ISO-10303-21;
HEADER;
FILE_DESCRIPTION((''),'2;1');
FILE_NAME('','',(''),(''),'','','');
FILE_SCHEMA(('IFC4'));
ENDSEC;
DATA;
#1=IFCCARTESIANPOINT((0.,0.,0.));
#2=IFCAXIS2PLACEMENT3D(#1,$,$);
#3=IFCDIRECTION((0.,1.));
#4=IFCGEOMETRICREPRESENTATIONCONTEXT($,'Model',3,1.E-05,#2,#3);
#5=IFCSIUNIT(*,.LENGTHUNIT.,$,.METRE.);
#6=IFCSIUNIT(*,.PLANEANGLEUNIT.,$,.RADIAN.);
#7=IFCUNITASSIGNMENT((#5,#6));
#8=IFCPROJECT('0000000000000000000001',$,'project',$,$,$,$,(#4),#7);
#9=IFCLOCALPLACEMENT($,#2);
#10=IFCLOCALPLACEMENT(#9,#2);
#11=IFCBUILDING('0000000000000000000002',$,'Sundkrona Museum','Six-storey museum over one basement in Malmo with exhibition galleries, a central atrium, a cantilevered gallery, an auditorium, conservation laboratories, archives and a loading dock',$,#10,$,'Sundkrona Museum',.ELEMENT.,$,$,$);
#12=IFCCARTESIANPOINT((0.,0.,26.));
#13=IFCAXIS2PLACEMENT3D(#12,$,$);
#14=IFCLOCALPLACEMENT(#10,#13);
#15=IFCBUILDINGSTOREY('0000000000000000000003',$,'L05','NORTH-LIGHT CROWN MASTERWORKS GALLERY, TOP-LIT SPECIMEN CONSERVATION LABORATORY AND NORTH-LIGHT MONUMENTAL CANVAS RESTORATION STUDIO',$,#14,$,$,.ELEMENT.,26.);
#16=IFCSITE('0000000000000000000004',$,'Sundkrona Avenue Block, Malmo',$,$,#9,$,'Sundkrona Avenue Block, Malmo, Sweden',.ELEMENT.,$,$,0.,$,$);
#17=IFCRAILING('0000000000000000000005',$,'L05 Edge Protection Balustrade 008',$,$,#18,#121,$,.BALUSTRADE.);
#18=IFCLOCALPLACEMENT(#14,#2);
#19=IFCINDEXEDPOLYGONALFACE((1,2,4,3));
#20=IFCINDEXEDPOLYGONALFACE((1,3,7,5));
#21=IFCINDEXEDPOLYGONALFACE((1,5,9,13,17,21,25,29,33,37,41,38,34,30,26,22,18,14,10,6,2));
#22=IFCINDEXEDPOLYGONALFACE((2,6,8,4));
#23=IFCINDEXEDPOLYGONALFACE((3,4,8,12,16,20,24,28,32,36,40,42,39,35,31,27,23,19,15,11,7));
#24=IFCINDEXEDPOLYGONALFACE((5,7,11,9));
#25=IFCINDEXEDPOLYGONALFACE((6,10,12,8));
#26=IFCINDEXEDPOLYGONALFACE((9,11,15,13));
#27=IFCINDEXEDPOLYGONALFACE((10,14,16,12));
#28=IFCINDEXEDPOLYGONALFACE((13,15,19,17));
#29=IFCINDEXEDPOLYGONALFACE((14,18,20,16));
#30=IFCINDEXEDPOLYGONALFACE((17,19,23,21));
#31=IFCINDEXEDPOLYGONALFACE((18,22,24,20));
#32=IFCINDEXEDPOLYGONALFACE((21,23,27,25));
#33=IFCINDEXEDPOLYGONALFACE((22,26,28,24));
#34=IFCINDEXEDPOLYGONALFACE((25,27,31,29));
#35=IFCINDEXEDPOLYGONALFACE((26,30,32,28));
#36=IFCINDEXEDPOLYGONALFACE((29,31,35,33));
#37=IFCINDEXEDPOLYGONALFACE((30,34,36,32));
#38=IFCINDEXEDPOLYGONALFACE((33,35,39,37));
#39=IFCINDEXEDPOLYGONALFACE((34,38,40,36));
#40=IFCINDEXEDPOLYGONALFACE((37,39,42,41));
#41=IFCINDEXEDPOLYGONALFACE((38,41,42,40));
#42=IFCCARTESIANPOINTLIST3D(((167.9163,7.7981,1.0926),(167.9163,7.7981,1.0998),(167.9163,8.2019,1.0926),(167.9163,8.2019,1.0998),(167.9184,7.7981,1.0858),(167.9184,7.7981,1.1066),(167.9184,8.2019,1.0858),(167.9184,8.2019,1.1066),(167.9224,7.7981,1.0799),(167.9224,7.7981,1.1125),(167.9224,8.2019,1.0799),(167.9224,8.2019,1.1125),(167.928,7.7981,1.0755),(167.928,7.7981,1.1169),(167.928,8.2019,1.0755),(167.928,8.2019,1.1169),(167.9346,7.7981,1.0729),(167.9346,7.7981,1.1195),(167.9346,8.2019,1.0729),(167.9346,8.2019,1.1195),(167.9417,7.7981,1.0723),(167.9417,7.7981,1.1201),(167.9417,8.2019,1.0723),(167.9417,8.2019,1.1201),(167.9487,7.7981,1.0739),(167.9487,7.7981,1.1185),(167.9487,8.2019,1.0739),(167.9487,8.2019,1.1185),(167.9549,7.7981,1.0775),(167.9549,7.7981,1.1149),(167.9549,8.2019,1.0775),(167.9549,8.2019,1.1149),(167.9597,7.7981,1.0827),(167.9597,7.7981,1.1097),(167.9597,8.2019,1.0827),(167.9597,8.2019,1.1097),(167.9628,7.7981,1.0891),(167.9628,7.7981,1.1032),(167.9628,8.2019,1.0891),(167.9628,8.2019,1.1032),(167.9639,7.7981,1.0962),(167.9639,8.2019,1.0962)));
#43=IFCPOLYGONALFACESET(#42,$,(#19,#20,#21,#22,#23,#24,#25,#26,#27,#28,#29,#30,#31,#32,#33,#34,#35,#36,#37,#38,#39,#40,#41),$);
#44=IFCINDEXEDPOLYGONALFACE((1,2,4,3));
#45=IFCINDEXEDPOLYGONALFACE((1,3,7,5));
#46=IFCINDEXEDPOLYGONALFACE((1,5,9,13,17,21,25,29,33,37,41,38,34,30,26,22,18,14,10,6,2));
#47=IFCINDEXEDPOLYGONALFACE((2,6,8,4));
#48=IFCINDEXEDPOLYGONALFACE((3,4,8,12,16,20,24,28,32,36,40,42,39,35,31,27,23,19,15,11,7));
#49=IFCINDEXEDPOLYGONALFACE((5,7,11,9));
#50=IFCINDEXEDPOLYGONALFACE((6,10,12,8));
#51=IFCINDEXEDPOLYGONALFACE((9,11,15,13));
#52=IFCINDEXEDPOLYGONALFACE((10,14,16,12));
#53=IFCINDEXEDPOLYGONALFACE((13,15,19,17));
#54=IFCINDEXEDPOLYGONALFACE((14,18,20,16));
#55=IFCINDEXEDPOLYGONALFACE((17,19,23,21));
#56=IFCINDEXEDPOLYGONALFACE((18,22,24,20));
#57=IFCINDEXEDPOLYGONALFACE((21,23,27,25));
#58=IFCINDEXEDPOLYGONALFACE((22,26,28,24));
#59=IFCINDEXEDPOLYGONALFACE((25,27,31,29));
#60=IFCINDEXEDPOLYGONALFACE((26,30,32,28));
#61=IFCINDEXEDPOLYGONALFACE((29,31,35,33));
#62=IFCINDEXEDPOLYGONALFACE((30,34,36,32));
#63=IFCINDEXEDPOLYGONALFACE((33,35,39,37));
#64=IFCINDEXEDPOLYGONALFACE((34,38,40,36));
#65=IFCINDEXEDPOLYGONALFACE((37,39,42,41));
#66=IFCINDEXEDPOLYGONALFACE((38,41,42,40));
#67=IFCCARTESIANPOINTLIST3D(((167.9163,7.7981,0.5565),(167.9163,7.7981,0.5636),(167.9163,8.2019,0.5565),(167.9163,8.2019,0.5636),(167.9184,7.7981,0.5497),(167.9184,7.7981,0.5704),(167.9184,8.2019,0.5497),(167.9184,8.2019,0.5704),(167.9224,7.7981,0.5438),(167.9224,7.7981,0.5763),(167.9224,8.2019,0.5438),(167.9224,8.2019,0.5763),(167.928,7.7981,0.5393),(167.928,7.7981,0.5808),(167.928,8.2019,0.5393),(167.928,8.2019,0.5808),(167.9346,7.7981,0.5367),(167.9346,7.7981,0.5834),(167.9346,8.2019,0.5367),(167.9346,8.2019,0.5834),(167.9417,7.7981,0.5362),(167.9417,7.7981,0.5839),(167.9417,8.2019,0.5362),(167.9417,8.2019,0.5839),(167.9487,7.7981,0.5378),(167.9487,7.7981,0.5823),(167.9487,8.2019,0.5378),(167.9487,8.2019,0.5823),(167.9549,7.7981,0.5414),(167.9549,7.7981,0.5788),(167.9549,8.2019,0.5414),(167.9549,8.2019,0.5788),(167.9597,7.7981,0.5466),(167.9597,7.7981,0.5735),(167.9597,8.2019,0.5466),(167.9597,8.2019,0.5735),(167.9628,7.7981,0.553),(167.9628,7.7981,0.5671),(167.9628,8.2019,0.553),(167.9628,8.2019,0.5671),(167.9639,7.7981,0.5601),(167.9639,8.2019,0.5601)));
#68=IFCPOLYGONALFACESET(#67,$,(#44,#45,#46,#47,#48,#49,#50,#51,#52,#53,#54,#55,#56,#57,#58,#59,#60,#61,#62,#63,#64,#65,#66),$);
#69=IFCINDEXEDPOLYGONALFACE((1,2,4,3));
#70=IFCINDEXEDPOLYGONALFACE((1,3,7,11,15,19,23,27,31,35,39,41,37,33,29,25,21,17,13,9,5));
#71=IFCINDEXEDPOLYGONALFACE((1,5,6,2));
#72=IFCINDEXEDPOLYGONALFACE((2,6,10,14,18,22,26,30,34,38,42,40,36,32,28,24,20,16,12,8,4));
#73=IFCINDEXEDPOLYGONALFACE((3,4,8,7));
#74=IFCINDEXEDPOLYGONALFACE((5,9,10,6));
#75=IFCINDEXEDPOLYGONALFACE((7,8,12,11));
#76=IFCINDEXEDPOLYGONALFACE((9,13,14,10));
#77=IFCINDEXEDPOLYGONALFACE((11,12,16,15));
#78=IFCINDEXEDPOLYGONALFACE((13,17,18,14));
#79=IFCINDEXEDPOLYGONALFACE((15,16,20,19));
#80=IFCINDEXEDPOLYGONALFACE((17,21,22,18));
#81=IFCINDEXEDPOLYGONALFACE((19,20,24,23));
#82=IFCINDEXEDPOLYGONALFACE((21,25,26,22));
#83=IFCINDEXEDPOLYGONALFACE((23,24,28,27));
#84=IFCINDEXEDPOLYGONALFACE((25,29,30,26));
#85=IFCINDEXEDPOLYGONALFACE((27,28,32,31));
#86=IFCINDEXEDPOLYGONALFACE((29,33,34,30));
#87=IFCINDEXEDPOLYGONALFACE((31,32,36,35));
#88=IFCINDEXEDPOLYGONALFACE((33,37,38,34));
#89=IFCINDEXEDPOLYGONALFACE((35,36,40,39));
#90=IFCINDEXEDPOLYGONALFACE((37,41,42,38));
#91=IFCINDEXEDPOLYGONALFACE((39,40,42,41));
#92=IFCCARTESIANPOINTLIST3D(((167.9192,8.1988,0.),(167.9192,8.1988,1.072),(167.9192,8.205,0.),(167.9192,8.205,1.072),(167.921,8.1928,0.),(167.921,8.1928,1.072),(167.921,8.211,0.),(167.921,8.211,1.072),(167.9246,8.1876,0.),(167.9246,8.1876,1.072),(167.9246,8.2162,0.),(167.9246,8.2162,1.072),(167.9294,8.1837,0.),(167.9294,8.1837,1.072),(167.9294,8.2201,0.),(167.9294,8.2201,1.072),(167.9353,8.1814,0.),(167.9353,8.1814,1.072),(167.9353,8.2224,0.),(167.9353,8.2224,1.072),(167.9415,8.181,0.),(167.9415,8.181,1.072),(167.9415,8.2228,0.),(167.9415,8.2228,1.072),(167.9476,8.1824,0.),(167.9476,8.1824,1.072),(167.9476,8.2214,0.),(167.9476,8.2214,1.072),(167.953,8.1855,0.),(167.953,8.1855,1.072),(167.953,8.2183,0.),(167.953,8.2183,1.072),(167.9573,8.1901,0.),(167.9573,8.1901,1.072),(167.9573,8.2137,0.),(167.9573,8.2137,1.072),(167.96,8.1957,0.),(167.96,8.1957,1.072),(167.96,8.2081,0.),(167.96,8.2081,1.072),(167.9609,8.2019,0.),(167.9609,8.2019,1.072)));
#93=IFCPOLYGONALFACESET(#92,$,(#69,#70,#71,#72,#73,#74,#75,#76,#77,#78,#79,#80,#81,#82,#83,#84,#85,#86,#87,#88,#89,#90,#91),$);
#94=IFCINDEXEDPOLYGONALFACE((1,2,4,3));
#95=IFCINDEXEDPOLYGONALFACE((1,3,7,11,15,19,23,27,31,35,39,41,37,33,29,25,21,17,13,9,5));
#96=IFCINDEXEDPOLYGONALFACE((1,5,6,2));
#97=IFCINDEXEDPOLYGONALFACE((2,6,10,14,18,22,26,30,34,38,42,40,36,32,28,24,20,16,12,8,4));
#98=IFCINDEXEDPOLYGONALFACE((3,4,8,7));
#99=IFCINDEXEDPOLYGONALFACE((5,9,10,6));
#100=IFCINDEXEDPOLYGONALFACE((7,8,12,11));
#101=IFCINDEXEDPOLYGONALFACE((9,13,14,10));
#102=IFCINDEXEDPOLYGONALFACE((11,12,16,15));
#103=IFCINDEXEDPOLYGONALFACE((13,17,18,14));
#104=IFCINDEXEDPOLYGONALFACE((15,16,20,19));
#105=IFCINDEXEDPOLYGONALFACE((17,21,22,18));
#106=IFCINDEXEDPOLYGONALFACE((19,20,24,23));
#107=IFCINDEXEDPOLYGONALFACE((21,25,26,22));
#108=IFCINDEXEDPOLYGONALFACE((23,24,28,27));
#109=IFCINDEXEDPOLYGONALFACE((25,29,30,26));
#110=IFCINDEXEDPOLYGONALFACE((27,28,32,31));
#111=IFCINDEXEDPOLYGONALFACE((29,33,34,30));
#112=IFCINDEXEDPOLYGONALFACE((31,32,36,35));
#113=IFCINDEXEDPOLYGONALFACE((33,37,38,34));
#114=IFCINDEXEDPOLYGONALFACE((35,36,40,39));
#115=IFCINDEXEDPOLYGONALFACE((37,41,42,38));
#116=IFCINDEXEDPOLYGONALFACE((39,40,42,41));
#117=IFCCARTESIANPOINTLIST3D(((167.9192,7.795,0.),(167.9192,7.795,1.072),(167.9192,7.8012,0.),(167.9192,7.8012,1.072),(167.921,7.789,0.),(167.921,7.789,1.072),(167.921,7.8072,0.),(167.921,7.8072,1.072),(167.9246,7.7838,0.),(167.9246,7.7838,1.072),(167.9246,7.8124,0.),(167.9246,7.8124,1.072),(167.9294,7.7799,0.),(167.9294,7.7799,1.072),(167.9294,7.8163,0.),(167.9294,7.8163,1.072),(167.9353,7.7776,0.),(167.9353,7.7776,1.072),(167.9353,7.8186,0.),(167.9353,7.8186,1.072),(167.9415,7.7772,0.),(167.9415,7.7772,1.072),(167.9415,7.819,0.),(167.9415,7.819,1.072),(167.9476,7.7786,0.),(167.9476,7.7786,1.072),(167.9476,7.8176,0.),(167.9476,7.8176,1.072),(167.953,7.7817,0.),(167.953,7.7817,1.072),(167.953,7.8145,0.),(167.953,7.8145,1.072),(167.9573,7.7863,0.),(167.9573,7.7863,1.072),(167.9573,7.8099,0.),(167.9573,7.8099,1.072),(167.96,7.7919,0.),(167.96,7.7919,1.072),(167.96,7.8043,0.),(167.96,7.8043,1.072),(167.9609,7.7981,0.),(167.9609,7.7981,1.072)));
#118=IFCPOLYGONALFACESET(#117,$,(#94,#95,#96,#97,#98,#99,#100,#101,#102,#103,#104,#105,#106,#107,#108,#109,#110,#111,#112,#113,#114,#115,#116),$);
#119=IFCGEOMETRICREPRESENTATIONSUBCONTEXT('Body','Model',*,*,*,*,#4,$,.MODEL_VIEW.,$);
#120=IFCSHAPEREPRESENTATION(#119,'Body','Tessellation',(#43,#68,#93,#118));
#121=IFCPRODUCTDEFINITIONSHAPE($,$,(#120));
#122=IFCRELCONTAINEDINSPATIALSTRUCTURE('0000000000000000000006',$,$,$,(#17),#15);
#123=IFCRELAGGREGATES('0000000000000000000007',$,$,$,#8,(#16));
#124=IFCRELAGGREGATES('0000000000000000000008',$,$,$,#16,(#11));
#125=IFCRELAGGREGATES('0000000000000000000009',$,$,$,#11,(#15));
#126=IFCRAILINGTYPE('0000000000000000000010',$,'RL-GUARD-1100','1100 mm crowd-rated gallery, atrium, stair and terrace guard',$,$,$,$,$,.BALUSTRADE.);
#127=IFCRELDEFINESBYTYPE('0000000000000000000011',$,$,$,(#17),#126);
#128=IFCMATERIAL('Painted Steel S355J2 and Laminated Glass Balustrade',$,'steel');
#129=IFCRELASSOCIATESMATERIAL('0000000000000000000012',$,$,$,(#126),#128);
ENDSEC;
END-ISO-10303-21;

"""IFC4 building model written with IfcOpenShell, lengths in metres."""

from ifc_helpers import new_model, si_unit, direction, frame, origin, origin_2d, place, context, subcontext, project, spatial, circle, extrude, material, type_object, element, save


model = new_model("IFC4")

# Units and contexts
model_context = context("Model", 3, precision=1e-05, world=origin(), true_north=direction((0.0, 1.0)))
body_context = subcontext(model_context, "Body", "Model", "MODEL_VIEW")
ifc_project = project(units=[si_unit("LENGTHUNIT", "METRE"), si_unit("PLANEANGLEUNIT", "RADIAN")], contexts=[model_context])

# Site, building, storey
site_placement = place(None, origin())
site = spatial("IfcSite", under=ifc_project, at=site_placement, Name="Sundkrona Avenue Block, Malmo", LongName="Sundkrona Avenue Block, Malmo, Sweden", CompositionType="ELEMENT", RefElevation=0.0)
building_placement = place(site_placement, origin())
building = spatial("IfcBuilding", under=site, at=building_placement, Name="Sundkrona Museum", Description="Six-storey museum over one basement in Malmo with exhibition galleries, a central atrium, a cantilevered gallery, an auditorium, conservation laboratories, archives and a loading dock", LongName="Sundkrona Museum", CompositionType="ELEMENT")
storey_placement = place(building_placement, frame((0.0, 0.0, 26.0)))
storey = spatial("IfcBuildingStorey", under=building, at=storey_placement, Name="L05", Description="NORTH-LIGHT CROWN MASTERWORKS GALLERY, TOP-LIT SPECIMEN CONSERVATION LABORATORY AND NORTH-LIGHT MONUMENTAL CANVAS RESTORATION STUDIO", CompositionType="ELEMENT", Elevation=26.0)

# Railing
ifc_material_1 = material(Name="Painted Steel S355J2 and Laminated Glass Balustrade", Category="steel")
railing_type = type_object("IfcRailingType", Name="RL-GUARD-1100", Description="1100 mm crowd-rated gallery, atrium, stair and terrace guard", PredefinedType="BALUSTRADE", material=ifc_material_1)
railing_placement = place(storey_placement, frame((167.9399, 8.2019, 0.0)))
element("IfcRailing", 1, at=railing_placement, inside=storey, type_object=railing_type, Name="L05 Edge Protection Balustrade 008", PredefinedType="BALUSTRADE", context=body_context, shape_type="SweptSolid", body=[
    extrude(circle(Radius=0.0239, at=origin_2d()), frame((0.0, 0.0, 1.0962), z_axis=(0.0, -1.0, 0.0), x_axis=(1.0, 0.0, 0.0)), (0.0, 0.0, 1.0), 0.4038),
    extrude(circle(Radius=0.0239, at=origin_2d()), frame((0.0, 0.0, 0.5601), z_axis=(0.0, -1.0, 0.0), x_axis=(1.0, 0.0, 0.0)), (0.0, 0.0, 1.0), 0.4038),
    extrude(circle(Radius=0.021, at=origin_2d()), origin(), (0.0, 0.0, 1.0), 1.072),
    extrude(circle(Radius=0.021, at=origin_2d()), frame((0.0, -0.4038, 0.0)), (0.0, 0.0, 1.0), 1.072),
])

save(model, "model.ifc")
